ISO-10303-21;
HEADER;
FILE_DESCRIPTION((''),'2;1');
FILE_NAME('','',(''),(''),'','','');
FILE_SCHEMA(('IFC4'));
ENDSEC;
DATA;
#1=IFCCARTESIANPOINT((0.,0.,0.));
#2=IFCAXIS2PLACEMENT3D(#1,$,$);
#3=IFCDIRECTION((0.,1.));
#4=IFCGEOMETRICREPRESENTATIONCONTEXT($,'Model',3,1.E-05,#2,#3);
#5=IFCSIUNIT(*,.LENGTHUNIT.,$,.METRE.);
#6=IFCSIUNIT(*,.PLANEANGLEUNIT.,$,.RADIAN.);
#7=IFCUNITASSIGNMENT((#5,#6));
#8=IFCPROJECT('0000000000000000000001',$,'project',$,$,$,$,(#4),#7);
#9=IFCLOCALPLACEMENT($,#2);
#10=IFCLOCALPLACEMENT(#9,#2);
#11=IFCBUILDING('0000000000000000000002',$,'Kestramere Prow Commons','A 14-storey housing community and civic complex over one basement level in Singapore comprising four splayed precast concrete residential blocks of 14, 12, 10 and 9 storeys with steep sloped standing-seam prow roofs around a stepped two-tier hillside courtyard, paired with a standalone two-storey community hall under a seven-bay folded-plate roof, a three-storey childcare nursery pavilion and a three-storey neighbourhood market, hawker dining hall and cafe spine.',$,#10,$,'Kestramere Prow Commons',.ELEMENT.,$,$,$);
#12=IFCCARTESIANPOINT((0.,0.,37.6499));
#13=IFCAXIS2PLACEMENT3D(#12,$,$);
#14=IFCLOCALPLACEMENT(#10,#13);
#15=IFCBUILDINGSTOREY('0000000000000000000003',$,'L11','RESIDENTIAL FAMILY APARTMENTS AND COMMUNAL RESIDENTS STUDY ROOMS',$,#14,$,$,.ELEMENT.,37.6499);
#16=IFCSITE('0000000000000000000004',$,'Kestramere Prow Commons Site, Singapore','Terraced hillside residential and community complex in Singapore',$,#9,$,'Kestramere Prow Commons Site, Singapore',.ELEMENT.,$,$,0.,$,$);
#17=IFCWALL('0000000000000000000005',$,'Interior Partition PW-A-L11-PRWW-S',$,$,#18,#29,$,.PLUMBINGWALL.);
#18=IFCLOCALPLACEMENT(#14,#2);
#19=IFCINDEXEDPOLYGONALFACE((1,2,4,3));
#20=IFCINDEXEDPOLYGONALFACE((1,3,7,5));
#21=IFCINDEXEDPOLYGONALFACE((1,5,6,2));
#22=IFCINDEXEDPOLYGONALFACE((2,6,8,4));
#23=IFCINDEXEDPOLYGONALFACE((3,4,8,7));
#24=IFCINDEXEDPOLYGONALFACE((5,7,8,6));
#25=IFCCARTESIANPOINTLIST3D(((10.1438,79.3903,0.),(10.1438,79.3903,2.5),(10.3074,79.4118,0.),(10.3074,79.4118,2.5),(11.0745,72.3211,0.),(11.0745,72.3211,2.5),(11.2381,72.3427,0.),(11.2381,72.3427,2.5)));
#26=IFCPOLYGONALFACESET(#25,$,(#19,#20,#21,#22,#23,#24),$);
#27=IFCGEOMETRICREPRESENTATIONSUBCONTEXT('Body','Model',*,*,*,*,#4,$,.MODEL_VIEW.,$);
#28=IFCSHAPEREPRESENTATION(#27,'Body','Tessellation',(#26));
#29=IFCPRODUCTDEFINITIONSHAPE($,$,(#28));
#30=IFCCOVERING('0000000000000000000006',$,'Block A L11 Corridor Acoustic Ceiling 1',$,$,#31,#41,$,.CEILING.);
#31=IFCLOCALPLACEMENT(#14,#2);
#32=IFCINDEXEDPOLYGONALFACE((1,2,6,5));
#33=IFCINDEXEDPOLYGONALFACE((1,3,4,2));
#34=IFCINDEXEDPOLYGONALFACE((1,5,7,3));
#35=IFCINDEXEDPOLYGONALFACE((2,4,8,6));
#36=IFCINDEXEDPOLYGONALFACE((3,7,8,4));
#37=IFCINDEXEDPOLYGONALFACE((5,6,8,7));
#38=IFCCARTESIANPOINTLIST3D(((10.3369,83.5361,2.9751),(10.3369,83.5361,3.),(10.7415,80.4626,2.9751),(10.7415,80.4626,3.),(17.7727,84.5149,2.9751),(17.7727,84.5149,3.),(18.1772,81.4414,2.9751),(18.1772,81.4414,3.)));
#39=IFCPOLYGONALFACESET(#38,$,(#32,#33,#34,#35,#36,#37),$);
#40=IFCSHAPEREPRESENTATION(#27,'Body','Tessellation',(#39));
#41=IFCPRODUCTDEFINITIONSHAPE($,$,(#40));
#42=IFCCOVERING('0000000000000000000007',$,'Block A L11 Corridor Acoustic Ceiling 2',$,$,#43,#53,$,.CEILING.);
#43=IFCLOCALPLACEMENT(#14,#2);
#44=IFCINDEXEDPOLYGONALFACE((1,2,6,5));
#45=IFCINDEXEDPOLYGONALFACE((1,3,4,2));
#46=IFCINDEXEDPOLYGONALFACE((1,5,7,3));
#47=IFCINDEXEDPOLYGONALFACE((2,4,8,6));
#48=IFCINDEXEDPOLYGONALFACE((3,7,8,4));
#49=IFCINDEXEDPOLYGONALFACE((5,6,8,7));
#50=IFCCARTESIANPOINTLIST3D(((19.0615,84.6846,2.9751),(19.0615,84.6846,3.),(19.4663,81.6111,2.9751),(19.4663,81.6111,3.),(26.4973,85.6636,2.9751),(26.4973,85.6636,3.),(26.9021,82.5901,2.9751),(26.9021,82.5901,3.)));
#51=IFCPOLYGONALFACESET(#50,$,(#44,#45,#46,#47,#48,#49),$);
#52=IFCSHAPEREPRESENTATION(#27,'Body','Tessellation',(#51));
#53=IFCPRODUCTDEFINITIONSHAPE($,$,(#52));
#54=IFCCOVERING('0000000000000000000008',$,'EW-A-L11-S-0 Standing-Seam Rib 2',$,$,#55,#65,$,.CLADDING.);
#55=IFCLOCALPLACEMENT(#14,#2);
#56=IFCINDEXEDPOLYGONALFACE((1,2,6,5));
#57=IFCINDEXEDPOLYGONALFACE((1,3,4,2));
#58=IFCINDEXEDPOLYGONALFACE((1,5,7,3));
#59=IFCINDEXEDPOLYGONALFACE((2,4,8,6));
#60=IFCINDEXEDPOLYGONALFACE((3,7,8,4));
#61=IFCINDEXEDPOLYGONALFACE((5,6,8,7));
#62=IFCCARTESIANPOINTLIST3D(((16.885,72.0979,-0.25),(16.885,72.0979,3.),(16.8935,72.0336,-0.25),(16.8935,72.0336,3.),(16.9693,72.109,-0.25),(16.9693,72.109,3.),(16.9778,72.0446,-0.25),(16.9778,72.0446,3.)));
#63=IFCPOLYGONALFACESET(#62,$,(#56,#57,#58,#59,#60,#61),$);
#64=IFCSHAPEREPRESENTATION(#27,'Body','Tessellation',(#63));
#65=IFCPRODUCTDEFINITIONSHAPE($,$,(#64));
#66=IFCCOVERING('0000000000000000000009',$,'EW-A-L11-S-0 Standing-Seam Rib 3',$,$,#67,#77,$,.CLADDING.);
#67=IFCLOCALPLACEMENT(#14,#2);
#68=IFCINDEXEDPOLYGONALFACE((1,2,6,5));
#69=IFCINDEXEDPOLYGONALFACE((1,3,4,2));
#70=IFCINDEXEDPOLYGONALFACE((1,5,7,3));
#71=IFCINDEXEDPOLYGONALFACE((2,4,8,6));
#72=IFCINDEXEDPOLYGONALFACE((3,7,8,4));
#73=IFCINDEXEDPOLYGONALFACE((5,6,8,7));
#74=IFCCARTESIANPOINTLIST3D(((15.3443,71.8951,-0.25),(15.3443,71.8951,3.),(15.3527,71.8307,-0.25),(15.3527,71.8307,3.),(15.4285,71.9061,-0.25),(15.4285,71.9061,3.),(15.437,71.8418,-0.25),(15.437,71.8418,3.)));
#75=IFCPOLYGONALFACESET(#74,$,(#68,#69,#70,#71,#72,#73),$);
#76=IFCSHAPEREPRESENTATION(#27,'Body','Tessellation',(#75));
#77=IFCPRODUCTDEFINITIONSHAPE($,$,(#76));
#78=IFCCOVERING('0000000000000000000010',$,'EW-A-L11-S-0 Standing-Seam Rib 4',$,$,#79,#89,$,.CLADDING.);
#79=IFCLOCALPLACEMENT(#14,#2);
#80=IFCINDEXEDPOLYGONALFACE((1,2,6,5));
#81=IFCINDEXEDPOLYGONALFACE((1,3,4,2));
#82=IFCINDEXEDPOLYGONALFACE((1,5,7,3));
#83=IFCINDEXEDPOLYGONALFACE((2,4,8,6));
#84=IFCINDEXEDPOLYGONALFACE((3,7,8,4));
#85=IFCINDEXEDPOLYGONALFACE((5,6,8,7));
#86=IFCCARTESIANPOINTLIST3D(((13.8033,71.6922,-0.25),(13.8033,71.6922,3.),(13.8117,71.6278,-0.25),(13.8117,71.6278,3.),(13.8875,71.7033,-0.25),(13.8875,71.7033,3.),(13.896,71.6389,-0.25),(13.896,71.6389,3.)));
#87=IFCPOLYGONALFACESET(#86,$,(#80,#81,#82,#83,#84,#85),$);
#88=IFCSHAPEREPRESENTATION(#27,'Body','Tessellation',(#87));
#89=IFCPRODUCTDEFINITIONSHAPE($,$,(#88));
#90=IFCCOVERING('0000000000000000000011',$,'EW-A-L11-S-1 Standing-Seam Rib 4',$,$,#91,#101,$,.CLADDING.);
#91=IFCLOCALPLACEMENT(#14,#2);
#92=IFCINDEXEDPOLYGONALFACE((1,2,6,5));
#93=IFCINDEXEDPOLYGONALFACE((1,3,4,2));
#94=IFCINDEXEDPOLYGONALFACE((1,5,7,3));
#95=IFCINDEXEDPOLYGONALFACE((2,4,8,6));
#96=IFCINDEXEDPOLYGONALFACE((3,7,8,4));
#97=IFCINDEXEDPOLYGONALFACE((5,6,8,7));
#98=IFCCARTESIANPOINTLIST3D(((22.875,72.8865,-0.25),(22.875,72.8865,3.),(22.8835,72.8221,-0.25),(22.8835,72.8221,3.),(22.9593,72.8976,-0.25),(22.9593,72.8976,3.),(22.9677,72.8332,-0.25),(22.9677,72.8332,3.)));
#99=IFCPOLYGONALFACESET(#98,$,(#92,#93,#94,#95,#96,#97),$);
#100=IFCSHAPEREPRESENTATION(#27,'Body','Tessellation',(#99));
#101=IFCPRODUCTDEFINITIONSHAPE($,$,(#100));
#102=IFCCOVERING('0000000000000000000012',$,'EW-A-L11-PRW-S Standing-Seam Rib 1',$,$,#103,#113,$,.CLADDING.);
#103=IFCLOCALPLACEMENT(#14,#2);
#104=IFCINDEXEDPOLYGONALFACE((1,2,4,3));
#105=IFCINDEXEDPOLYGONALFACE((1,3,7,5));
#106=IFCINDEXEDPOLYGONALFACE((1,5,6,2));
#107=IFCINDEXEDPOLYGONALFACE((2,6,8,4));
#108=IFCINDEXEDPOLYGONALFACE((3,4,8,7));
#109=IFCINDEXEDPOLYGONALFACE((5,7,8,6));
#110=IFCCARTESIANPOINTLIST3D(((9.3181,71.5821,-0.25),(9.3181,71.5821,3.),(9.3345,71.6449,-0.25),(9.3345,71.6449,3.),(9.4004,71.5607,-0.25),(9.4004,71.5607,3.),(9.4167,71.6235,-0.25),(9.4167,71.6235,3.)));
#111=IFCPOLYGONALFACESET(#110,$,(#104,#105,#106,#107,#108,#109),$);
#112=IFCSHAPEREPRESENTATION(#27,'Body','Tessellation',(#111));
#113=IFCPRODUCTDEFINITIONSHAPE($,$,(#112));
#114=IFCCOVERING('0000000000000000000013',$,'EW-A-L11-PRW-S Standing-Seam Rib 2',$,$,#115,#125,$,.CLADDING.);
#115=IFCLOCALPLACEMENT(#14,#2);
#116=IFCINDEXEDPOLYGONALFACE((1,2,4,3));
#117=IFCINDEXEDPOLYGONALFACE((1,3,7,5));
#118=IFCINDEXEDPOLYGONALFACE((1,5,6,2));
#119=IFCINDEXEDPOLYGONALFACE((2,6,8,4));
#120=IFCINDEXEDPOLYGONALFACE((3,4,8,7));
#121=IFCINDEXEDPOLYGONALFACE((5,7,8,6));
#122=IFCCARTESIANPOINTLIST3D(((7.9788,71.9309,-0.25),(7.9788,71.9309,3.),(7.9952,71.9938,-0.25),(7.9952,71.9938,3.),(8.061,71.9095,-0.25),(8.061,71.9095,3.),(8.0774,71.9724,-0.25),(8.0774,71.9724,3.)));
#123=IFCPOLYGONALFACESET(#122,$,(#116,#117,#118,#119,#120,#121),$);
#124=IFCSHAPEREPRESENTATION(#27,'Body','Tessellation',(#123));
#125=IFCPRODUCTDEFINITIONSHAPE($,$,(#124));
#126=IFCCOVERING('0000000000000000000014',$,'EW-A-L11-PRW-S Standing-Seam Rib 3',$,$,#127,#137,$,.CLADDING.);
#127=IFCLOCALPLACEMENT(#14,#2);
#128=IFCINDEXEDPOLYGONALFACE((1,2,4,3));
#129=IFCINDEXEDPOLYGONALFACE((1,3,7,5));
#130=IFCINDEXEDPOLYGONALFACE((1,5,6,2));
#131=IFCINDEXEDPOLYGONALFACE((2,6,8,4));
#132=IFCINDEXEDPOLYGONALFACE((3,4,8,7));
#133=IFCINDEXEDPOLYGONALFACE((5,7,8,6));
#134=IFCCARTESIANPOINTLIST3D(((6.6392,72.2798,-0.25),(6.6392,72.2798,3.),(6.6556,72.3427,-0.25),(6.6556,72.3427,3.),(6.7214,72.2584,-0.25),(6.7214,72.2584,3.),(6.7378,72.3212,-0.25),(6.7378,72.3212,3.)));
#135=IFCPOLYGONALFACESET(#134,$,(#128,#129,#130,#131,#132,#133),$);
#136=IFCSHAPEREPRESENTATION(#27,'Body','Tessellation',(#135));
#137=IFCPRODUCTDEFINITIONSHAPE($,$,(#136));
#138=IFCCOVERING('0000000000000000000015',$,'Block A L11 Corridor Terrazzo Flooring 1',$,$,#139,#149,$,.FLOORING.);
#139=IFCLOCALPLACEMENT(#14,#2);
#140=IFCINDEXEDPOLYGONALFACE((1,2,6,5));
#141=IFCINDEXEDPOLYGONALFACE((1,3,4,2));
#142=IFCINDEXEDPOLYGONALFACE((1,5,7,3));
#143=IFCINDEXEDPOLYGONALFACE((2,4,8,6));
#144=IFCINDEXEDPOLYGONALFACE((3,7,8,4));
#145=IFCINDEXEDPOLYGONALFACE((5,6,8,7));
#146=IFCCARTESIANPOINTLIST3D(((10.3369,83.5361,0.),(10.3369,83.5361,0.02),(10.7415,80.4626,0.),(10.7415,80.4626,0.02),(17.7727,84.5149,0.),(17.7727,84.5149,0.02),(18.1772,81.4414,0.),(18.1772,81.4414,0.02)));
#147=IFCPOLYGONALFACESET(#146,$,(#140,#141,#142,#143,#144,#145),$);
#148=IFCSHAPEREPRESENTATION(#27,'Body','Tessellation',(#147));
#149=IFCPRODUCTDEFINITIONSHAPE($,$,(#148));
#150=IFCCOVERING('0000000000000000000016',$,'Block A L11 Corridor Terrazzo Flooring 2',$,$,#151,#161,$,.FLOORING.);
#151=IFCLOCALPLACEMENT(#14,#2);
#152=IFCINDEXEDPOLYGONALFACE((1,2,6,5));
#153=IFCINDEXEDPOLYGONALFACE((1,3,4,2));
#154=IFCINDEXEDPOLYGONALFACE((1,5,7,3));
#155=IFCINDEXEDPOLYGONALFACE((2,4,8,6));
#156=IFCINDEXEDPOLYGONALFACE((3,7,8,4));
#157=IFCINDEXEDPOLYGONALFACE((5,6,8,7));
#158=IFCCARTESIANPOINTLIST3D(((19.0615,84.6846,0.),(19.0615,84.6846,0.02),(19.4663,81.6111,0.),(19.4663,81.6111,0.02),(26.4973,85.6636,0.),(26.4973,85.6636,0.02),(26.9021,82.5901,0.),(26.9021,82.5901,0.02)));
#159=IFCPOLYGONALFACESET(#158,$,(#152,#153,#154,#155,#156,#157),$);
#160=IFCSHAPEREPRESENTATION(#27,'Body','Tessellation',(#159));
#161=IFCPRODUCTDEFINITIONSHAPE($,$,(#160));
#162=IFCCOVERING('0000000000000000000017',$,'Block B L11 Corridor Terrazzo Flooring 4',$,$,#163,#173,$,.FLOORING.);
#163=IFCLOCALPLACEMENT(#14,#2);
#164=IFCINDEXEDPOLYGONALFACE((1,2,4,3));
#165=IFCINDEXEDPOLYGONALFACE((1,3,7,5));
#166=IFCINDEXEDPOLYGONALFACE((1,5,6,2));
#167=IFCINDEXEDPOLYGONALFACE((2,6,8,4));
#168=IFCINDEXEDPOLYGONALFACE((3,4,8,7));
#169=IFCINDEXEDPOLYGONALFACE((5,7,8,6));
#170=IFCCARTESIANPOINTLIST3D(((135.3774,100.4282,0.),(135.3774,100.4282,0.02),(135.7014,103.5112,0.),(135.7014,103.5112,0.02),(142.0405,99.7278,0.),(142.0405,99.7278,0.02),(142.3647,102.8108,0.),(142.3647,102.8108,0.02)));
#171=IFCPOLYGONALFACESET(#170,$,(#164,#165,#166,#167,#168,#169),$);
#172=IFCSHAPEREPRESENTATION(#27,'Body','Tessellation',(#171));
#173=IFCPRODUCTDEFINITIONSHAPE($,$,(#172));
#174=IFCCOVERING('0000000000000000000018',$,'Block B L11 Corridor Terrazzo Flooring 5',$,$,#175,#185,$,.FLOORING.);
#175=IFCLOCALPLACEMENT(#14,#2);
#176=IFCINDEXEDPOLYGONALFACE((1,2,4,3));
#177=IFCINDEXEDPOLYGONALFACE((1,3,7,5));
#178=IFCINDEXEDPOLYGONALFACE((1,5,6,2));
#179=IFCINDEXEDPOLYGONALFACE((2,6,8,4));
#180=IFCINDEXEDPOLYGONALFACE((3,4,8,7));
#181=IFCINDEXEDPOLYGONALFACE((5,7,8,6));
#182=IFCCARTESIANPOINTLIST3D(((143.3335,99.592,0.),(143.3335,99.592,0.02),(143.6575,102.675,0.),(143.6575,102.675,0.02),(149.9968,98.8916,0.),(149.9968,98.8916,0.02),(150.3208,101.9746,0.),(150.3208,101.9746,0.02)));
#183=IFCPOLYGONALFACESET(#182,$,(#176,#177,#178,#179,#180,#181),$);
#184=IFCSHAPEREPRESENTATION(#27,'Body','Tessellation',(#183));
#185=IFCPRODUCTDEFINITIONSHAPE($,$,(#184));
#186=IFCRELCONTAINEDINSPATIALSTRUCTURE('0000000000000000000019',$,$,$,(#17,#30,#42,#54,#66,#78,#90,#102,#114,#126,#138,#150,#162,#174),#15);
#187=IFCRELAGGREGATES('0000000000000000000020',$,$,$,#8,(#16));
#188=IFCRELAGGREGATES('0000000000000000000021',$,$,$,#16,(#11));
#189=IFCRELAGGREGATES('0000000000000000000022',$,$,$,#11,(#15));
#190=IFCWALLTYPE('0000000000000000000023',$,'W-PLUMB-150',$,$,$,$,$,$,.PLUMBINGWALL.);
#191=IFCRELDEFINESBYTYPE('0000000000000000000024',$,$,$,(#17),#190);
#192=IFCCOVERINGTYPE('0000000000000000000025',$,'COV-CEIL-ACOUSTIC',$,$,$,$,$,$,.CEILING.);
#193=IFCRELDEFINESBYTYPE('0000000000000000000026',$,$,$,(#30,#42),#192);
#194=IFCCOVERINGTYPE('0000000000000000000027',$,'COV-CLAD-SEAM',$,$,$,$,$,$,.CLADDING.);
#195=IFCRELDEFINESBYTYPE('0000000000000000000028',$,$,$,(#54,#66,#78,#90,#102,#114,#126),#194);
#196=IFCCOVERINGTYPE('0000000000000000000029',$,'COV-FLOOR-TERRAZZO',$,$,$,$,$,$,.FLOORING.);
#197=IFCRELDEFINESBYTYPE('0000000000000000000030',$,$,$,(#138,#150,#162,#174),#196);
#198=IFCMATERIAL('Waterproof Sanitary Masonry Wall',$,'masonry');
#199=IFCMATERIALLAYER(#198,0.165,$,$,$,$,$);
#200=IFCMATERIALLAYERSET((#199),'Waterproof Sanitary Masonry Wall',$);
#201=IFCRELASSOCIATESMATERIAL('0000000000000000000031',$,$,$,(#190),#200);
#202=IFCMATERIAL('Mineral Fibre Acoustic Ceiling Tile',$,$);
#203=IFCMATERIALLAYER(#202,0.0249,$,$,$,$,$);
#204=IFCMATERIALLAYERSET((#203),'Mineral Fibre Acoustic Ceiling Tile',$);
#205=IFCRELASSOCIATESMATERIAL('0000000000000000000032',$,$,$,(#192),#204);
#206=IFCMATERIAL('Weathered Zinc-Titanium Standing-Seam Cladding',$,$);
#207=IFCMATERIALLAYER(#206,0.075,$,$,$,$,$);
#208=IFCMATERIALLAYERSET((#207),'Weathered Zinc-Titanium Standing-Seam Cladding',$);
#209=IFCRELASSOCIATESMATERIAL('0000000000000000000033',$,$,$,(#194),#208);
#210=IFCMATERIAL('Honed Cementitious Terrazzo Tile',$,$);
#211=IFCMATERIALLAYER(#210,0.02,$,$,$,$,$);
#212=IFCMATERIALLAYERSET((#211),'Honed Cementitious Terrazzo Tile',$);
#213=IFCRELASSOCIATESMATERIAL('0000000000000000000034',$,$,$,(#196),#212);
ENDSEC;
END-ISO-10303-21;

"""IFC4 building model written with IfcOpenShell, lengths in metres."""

from ifc_helpers import new_model, si_unit, direction, frame, frame_2d, origin, origin_2d, place, context, subcontext, project, spatial, polyline, rectangle, outline, extrude, material, layer, layer_set, type_object, element, save


model = new_model("IFC4")

# Units and contexts
model_context = context("Model", 3, precision=1e-05, world=origin(), true_north=direction((0.0, 1.0)))
body_context = subcontext(model_context, "Body", "Model", "MODEL_VIEW")
ifc_project = project(units=[si_unit("LENGTHUNIT", "METRE"), si_unit("PLANEANGLEUNIT", "RADIAN")], contexts=[model_context])

# Site, building, storey
site_placement = place(None, origin())
site = spatial("IfcSite", under=ifc_project, at=site_placement, Name="Kestramere Prow Commons Site, Singapore", Description="Terraced hillside residential and community complex in Singapore", LongName="Kestramere Prow Commons Site, Singapore", CompositionType="ELEMENT", RefElevation=0.0)
building_placement = place(site_placement, origin())
building = spatial("IfcBuilding", under=site, at=building_placement, Name="Kestramere Prow Commons", Description="A 14-storey housing community and civic complex over one basement level in Singapore comprising four splayed precast concrete residential blocks of 14, 12, 10 and 9 storeys with steep sloped standing-seam prow roofs around a stepped two-tier hillside courtyard, paired with a standalone two-storey community hall under a seven-bay folded-plate roof, a three-storey childcare nursery pavilion and a three-storey neighbourhood market, hawker dining hall and cafe spine.", LongName="Kestramere Prow Commons", CompositionType="ELEMENT")
storey_placement = place(building_placement, frame((0.0, 0.0, 37.6499)))
storey = spatial("IfcBuildingStorey", under=building, at=storey_placement, Name="L11", Description="RESIDENTIAL FAMILY APARTMENTS AND COMMUNAL RESIDENTS STUDY ROOMS", CompositionType="ELEMENT", Elevation=37.6499)

# Shared definitions
ifc_material_1 = material(Name="Weathered Zinc-Titanium Standing-Seam Cladding")

# Wall
ifc_material_2 = material(Name="Waterproof Sanitary Masonry Wall", Category="masonry")
ifc_layer_1 = layer(ifc_material_2, 0.165)
ifc_layer_set_1 = layer_set([ifc_layer_1], Name="Waterproof Sanitary Masonry Wall")
wall_type_1 = type_object("IfcWallType", Name="W-PLUMB-150", PredefinedType="PLUMBINGWALL", material=ifc_layer_set_1)
wall_1_placement = place(storey_placement, frame((11.1562, 72.332, 0.0), z_axis=(0.0, 0.0, 1.0), x_axis=(-0.130526, 0.991445, 0.0)))
element("IfcWall", 1, at=wall_1_placement, inside=storey, type_object=wall_type_1, Name="Interior Partition PW-A-L11-PRWW-S", PredefinedType="PLUMBINGWALL", context=body_context, shape_type="SweptSolid", body=[
    extrude(rectangle(XDim=7.1301, YDim=0.165, at=frame_2d((3.5649, 0.0))), origin(), (0.0, 0.0, 1.0), 2.5),
])

# Coverings
ifc_material_3 = material(Name="Mineral Fibre Acoustic Ceiling Tile")
ifc_layer_2 = layer(ifc_material_3, 0.0249)
ifc_layer_set_2 = layer_set([ifc_layer_2], Name="Mineral Fibre Acoustic Ceiling Tile")
covering_type_1 = type_object("IfcCoveringType", Name="COV-CEIL-ACOUSTIC", PredefinedType="CEILING", material=ifc_layer_set_2)
covering_1_placement = place(storey_placement, frame((0.0, 0.0, 2.9751)))
element("IfcCovering", 2, at=covering_1_placement, inside=storey, type_object=covering_type_1, Name="Block A L11 Corridor Acoustic Ceiling 1", PredefinedType="CEILING", context=body_context, shape_type="SweptSolid", body=[
    extrude(outline(polyline([(10.7415, 80.4626), (18.1772, 81.4414), (17.7727, 84.5149), (10.3369, 83.5361), (10.7415, 80.4626)])), origin(), (0.0, 0.0, 1.0), 0.0249),
])
covering_2_placement = place(storey_placement, frame((0.0, 0.0, 2.9751)))
element("IfcCovering", 3, at=covering_2_placement, inside=storey, type_object=covering_type_1, Name="Block A L11 Corridor Acoustic Ceiling 2", PredefinedType="CEILING", context=body_context, shape_type="SweptSolid", body=[
    extrude(outline(polyline([(19.4663, 81.6111), (26.9021, 82.5901), (26.4973, 85.6636), (19.0615, 84.6846), (19.4663, 81.6111)])), origin(), (0.0, 0.0, 1.0), 0.0249),
])
ifc_layer_3 = layer(ifc_material_1, 0.075)
ifc_layer_set_3 = layer_set([ifc_layer_3], Name="Weathered Zinc-Titanium Standing-Seam Cladding")
covering_type_2 = type_object("IfcCoveringType", Name="COV-CLAD-SEAM", PredefinedType="CLADDING", material=ifc_layer_set_3)
for number, where, z_axis, x_axis, name in (
    (4, (16.9314, 72.0713, -0.25), (0.0, 0.0, 1.0), (-0.991445, -0.130526, 0.0), "EW-A-L11-S-0 Standing-Seam Rib 2"),
    (5, (15.3906, 71.8684, -0.25), (0.0, 0.0, 1.0), (-0.991445, -0.130526, 0.0), "EW-A-L11-S-0 Standing-Seam Rib 3"),
    (6, (13.8496, 71.6655, -0.25), (0.0, 0.0, 1.0), (-0.991445, -0.130526, 0.0), "EW-A-L11-S-0 Standing-Seam Rib 4"),
    (7, (22.9214, 72.8599, -0.25), (0.0, 0.0, 1.0), (-0.991445, -0.130526, 0.0), "EW-A-L11-S-1 Standing-Seam Rib 4"),
    (8, (9.3674, 71.6028, -0.25), (0.0, 0.0, 1.0), (-0.967698, 0.252112, 0.0), "EW-A-L11-PRW-S Standing-Seam Rib 1"),
    (9, (8.0281, 71.9517, -0.25), (0.0, 0.0, 1.0), (-0.967698, 0.252112, 0.0), "EW-A-L11-PRW-S Standing-Seam Rib 2"),
    (10, (6.6885, 72.3005, -0.25), (0.0, 0.0, 1.0), (-0.967698, 0.252112, 0.0), "EW-A-L11-PRW-S Standing-Seam Rib 3"),
):
    element("IfcCovering", number, at=place(storey_placement, frame(where, z_axis=z_axis, x_axis=x_axis)), inside=storey, type_object=covering_type_2, Name=name, PredefinedType="CLADDING", context=body_context, shape_type="SweptSolid", body=[
        extrude(rectangle(XDim=0.085, YDim=0.0649, at=origin_2d()), origin(), (0.0, 0.0, 1.0), 3.25),
    ])
ifc_material_4 = material(Name="Honed Cementitious Terrazzo Tile")
ifc_layer_4 = layer(ifc_material_4, 0.02)
ifc_layer_set_4 = layer_set([ifc_layer_4], Name="Honed Cementitious Terrazzo Tile")
covering_type_3 = type_object("IfcCoveringType", Name="COV-FLOOR-TERRAZZO", PredefinedType="FLOORING", material=ifc_layer_set_4)
covering_3_placement = place(storey_placement, origin())
element("IfcCovering", 11, at=covering_3_placement, inside=storey, type_object=covering_type_3, Name="Block A L11 Corridor Terrazzo Flooring 1", PredefinedType="FLOORING", context=body_context, shape_type="SweptSolid", body=[
    extrude(outline(polyline([(10.7415, 80.4626), (18.1772, 81.4414), (17.7727, 84.5149), (10.3369, 83.5361), (10.7415, 80.4626)])), origin(), (0.0, 0.0, 1.0), 0.02),
])
covering_4_placement = place(storey_placement, origin())
element("IfcCovering", 12, at=covering_4_placement, inside=storey, type_object=covering_type_3, Name="Block A L11 Corridor Terrazzo Flooring 2", PredefinedType="FLOORING", context=body_context, shape_type="SweptSolid", body=[
    extrude(outline(polyline([(19.4663, 81.6111), (26.9021, 82.5901), (26.4973, 85.6636), (19.0615, 84.6846), (19.4663, 81.6111)])), origin(), (0.0, 0.0, 1.0), 0.02),
])
covering_5_placement = place(storey_placement, origin())
element("IfcCovering", 13, at=covering_5_placement, inside=storey, type_object=covering_type_3, Name="Block B L11 Corridor Terrazzo Flooring 4", PredefinedType="FLOORING", context=body_context, shape_type="SweptSolid", body=[
    extrude(outline(polyline([(135.3774, 100.4282), (142.0405, 99.7278), (142.3647, 102.8108), (135.7014, 103.5112), (135.3774, 100.4282)])), origin(), (0.0, 0.0, 1.0), 0.02),
])
covering_6_placement = place(storey_placement, origin())
element("IfcCovering", 14, at=covering_6_placement, inside=storey, type_object=covering_type_3, Name="Block B L11 Corridor Terrazzo Flooring 5", PredefinedType="FLOORING", context=body_context, shape_type="SweptSolid", body=[
    extrude(outline(polyline([(143.3335, 99.592), (149.9968, 98.8916), (150.3208, 101.9746), (143.6575, 102.675), (143.3335, 99.592)])), origin(), (0.0, 0.0, 1.0), 0.02),
])

save(model, "model.ifc")
